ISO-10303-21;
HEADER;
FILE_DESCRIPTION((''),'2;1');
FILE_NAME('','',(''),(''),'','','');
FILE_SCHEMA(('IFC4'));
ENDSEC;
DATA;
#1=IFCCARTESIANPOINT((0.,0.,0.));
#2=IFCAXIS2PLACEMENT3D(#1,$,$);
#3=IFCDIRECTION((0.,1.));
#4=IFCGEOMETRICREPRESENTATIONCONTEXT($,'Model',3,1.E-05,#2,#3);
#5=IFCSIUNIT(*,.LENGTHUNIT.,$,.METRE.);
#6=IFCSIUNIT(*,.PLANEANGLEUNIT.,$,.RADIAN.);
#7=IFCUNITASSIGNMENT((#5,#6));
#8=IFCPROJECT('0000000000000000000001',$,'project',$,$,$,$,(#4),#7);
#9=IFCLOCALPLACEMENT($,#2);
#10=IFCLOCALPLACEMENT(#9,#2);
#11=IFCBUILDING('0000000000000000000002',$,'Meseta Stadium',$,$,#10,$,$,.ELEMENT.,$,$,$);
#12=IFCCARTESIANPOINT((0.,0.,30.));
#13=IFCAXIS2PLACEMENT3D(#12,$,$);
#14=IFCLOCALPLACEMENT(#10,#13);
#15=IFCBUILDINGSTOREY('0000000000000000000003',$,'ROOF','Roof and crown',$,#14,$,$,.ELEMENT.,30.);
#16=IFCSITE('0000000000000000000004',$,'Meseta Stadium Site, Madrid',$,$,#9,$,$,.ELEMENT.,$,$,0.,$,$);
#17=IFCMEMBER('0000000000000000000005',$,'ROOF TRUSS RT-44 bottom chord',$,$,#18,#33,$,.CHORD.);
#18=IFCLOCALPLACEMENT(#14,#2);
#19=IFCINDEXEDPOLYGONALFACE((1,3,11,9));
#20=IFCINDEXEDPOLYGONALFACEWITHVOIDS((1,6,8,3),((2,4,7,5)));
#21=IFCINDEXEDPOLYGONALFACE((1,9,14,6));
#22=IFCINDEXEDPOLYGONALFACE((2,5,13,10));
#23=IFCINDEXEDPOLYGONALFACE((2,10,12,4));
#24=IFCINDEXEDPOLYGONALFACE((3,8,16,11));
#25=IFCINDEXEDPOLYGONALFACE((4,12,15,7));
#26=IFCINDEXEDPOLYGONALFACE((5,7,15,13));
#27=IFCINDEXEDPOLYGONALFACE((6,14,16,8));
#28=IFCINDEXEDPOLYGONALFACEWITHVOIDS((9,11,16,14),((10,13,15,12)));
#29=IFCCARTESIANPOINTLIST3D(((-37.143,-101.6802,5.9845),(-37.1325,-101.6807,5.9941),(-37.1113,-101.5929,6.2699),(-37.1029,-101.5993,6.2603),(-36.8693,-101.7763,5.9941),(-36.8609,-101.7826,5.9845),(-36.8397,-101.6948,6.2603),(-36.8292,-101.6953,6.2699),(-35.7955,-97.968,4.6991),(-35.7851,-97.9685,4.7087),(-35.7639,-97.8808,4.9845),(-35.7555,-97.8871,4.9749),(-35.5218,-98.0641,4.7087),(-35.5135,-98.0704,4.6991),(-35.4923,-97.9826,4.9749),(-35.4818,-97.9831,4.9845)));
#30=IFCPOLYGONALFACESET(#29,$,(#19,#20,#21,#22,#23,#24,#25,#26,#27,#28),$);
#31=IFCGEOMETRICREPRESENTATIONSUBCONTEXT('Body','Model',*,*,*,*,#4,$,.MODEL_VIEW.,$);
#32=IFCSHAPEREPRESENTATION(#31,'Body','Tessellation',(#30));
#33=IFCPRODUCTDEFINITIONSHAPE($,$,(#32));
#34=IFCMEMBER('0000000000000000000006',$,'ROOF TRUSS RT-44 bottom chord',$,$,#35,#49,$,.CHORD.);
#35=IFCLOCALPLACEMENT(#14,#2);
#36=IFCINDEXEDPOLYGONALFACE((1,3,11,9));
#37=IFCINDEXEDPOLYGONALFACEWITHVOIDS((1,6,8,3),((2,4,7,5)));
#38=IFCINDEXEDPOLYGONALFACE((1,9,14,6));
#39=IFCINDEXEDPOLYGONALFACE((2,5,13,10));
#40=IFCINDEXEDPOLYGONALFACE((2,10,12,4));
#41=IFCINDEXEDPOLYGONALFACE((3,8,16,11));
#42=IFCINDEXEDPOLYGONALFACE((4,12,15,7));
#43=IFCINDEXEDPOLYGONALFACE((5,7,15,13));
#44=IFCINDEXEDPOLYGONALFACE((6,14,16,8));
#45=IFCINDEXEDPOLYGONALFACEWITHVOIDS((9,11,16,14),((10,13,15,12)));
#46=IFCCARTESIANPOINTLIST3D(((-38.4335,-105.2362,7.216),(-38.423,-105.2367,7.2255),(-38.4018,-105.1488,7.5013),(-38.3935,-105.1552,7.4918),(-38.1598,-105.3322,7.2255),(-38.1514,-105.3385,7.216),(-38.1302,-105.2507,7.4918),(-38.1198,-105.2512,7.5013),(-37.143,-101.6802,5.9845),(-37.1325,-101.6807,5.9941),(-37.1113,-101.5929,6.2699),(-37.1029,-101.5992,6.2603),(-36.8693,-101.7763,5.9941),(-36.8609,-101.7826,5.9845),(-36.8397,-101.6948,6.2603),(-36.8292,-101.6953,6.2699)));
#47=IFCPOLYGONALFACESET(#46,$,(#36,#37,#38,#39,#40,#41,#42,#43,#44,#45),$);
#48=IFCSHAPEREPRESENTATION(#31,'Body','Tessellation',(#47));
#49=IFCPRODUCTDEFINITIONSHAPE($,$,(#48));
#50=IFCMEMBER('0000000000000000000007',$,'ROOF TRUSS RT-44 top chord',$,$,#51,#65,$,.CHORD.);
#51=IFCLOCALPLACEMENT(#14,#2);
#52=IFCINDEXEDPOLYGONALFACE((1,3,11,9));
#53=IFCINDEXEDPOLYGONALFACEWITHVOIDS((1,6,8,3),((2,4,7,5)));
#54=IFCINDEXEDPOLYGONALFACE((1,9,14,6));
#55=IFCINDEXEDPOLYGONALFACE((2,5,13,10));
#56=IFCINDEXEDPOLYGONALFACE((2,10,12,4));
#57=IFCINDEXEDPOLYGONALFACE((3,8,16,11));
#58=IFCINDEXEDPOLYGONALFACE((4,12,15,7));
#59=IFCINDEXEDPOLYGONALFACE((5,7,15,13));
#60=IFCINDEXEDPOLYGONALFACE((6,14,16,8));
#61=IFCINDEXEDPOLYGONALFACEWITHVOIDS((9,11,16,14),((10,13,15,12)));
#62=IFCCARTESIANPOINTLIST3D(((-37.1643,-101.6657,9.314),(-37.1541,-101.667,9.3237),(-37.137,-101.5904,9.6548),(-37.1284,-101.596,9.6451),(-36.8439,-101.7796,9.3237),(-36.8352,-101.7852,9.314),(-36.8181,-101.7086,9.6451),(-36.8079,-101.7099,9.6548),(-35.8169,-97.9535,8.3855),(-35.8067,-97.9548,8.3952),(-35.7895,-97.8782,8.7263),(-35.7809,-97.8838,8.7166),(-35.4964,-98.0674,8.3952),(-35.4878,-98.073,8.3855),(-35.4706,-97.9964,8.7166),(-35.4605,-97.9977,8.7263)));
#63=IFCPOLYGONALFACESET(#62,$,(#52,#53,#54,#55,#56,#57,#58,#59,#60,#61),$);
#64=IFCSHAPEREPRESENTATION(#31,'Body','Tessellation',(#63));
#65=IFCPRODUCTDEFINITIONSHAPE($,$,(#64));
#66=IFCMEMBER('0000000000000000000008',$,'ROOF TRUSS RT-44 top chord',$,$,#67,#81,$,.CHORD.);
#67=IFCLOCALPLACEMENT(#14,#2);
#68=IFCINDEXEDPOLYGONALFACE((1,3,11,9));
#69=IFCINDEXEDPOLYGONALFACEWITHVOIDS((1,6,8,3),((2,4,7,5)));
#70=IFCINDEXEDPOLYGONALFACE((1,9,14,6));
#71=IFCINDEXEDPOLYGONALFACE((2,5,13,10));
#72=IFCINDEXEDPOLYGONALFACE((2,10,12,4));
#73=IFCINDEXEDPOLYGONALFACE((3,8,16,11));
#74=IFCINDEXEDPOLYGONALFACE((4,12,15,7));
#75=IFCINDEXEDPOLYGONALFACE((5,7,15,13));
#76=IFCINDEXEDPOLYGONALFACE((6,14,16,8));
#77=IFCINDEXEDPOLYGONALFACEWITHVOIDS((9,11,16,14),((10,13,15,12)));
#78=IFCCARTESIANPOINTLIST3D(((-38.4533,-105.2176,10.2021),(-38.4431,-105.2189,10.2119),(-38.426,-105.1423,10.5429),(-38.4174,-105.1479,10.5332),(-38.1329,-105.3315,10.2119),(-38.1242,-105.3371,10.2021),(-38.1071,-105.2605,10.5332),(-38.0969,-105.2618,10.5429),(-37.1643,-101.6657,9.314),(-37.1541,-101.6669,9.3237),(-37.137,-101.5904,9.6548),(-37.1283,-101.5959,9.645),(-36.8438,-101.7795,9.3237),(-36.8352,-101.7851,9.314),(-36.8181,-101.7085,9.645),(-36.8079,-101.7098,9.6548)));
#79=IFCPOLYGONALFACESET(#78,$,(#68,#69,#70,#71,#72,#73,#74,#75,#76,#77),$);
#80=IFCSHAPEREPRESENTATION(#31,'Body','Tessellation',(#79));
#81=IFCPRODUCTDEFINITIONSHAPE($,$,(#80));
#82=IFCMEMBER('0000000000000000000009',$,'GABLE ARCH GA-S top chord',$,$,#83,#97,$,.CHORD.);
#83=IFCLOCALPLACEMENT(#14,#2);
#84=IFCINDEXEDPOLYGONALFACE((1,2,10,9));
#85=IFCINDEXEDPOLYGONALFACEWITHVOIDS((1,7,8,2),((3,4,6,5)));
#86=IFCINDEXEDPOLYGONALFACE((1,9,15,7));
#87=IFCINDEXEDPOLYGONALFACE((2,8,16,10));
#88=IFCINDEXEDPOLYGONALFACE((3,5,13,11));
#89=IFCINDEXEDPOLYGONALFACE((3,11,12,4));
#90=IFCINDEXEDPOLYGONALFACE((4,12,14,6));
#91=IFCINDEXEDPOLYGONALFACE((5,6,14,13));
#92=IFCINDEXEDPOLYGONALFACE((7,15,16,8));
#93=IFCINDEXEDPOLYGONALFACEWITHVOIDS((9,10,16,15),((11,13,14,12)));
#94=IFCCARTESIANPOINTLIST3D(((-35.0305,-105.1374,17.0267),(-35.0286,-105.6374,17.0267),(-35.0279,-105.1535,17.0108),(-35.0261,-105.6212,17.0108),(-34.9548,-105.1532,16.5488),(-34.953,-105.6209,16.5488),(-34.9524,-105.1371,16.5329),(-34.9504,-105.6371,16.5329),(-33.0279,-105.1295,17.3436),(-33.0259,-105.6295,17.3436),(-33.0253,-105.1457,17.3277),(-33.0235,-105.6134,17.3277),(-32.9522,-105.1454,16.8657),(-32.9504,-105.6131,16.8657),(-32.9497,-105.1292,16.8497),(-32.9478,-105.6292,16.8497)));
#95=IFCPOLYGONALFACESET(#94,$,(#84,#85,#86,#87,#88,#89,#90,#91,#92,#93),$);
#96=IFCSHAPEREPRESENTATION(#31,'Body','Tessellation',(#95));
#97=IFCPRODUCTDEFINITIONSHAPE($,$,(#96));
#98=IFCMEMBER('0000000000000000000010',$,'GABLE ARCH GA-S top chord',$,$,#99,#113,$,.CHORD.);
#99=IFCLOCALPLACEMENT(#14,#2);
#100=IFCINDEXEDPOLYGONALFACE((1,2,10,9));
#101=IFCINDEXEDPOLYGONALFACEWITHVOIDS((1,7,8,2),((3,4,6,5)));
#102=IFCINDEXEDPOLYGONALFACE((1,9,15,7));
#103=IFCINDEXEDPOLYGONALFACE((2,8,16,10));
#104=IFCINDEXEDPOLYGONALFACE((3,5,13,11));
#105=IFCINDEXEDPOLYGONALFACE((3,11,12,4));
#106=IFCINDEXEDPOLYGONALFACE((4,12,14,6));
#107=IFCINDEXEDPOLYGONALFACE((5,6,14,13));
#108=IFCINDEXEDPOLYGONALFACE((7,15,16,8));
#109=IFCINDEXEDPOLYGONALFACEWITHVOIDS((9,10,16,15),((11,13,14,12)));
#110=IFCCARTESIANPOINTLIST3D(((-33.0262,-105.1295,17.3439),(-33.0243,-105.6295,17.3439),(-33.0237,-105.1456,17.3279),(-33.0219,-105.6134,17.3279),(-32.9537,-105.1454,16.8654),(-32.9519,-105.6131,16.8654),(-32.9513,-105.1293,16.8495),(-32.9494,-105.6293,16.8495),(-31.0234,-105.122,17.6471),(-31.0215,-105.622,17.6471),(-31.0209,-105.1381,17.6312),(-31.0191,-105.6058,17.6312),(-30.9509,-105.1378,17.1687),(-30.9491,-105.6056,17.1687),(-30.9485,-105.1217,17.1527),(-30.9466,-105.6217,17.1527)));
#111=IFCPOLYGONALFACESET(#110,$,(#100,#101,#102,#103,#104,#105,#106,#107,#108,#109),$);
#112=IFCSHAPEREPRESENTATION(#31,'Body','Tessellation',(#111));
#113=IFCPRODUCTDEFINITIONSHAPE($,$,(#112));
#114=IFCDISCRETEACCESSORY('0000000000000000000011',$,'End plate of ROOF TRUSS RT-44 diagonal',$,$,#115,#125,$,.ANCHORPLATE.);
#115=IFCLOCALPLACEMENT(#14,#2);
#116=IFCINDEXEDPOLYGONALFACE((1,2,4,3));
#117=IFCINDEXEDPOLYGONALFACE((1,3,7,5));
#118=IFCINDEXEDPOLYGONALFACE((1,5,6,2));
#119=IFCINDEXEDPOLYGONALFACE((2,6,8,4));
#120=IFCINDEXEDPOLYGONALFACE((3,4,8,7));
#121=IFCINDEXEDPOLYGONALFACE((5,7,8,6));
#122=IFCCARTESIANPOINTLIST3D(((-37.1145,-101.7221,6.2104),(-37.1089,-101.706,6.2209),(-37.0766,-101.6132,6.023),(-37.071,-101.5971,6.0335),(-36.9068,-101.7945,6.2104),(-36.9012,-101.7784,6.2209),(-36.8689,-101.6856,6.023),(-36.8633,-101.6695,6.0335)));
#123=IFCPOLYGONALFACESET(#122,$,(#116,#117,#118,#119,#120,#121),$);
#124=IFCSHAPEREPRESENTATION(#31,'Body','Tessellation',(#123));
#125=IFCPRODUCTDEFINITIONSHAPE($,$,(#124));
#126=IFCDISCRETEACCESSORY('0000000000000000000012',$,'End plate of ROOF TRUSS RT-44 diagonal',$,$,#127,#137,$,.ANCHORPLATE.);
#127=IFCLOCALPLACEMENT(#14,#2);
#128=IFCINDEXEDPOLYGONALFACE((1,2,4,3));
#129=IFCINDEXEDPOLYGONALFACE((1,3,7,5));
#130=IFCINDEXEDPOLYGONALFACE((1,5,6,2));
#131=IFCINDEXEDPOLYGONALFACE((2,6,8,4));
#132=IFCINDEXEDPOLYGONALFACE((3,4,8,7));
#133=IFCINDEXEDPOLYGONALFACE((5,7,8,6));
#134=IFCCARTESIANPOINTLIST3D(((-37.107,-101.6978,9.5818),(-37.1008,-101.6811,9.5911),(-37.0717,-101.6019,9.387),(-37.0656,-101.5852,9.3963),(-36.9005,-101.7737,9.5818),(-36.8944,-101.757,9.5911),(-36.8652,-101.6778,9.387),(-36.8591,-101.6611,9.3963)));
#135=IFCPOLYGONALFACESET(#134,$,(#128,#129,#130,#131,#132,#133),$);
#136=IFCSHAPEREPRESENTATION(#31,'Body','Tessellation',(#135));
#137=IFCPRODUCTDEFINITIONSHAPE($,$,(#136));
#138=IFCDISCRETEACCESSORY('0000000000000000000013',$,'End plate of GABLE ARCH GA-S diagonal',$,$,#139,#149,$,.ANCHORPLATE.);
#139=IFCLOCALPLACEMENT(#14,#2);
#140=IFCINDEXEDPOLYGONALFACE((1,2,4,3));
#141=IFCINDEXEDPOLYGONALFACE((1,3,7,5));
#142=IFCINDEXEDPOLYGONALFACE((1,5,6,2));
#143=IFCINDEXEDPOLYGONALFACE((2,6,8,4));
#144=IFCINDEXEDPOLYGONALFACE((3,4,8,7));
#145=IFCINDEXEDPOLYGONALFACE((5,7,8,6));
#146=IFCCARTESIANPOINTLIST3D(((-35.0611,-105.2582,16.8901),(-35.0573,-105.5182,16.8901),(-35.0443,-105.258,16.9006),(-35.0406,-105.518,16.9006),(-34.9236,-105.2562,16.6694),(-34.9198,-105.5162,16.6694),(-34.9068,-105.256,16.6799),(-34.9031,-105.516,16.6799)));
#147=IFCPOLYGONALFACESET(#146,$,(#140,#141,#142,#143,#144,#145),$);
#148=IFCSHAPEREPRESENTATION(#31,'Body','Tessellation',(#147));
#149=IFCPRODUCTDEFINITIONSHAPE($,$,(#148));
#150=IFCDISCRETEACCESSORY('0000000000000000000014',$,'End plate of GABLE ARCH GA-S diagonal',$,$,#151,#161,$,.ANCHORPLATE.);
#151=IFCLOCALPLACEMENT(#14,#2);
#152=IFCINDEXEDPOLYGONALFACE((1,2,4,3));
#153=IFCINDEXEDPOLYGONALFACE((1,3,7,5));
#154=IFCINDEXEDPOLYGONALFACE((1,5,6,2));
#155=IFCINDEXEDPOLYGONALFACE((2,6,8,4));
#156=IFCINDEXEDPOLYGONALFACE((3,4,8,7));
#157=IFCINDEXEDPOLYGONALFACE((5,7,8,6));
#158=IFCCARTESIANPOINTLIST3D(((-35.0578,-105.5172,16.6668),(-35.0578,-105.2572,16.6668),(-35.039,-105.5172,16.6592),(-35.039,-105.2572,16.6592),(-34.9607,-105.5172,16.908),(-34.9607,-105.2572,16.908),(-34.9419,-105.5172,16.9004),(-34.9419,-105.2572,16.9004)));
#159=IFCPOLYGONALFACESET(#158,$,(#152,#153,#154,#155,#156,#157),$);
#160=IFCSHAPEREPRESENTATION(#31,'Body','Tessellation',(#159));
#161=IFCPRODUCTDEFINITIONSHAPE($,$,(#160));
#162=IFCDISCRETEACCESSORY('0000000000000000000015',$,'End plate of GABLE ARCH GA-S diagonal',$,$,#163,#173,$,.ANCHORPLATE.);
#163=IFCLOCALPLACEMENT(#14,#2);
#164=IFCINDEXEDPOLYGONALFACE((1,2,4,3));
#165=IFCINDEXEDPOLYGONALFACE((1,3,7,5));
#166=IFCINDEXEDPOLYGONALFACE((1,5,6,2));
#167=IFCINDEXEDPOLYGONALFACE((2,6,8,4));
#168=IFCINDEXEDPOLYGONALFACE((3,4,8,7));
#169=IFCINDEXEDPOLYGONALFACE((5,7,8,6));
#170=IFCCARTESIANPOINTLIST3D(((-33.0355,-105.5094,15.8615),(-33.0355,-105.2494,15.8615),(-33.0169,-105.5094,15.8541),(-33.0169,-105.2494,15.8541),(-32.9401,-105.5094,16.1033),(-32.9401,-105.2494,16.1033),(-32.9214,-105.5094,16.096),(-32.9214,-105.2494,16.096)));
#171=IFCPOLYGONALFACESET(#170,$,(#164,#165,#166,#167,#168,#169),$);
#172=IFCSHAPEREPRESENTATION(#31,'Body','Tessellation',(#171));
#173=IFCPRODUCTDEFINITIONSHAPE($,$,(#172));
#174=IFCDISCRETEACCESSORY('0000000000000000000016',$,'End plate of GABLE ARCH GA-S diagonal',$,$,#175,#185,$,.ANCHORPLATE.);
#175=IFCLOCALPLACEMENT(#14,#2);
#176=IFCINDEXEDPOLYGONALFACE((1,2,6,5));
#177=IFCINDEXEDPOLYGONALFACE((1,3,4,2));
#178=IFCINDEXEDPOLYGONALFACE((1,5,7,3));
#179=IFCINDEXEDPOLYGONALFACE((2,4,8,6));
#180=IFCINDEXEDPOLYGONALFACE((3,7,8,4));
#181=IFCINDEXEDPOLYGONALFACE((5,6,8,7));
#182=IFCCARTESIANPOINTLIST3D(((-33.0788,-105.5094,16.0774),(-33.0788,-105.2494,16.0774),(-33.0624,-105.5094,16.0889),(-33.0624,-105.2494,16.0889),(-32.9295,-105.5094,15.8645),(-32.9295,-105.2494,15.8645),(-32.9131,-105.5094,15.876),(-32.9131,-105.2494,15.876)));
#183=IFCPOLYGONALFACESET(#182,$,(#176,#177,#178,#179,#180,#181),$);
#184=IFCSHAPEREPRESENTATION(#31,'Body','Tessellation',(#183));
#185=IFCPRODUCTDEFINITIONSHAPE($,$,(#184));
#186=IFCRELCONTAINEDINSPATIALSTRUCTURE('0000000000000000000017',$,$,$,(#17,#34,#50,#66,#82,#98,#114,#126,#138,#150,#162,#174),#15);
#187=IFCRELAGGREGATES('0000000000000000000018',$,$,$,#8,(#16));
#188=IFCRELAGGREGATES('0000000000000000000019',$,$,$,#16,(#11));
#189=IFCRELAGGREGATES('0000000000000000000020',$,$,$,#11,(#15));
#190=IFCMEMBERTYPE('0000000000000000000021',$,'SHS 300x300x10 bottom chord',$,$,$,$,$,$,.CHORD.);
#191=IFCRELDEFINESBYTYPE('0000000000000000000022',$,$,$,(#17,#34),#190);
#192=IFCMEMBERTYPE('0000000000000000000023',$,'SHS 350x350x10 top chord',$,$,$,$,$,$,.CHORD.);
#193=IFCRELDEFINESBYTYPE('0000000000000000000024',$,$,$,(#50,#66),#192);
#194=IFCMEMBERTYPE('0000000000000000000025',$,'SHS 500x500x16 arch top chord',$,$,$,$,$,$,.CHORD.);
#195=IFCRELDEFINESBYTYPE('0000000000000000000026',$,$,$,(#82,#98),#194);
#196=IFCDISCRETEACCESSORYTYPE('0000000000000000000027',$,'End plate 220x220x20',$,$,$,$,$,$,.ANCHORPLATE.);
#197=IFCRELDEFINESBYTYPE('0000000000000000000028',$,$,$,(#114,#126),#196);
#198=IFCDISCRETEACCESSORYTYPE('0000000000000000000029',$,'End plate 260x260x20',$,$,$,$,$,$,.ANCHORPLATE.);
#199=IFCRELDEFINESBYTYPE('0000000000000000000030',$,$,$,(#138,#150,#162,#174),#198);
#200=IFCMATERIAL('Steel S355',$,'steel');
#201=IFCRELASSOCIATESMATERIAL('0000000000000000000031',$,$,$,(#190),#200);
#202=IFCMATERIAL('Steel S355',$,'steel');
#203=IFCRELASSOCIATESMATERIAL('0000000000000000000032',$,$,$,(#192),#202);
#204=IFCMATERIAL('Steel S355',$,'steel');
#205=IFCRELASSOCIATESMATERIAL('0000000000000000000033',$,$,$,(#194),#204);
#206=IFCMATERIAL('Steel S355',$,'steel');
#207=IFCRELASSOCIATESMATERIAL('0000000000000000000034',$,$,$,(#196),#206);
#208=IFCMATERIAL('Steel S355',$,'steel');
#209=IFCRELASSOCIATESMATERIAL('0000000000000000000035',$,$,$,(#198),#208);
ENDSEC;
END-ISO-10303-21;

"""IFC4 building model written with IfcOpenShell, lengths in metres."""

from ifc_helpers import new_model, si_unit, direction, frame, origin, origin_2d, place, context, subcontext, project, spatial, rectangle, hollow_rectangle, extrude, material, material_profile, profile_set, type_object, element, save


model = new_model("IFC4")

# Units and contexts
model_context = context("Model", 3, precision=1e-05, world=origin(), true_north=direction((0.0, 1.0)))
body_context = subcontext(model_context, "Body", "Model", "MODEL_VIEW")
ifc_project = project(units=[si_unit("LENGTHUNIT", "METRE"), si_unit("PLANEANGLEUNIT", "RADIAN")], contexts=[model_context])

# Site, building, storey
site_placement = place(None, origin())
site = spatial("IfcSite", under=ifc_project, at=site_placement, Name="Meseta Stadium Site, Madrid", CompositionType="ELEMENT", RefElevation=0.0)
building_placement = place(site_placement, origin())
building = spatial("IfcBuilding", under=site, at=building_placement, Name="Meseta Stadium", CompositionType="ELEMENT")
storey_placement = place(building_placement, frame((0.0, 0.0, 30.0)))
storey = spatial("IfcBuildingStorey", under=building, at=storey_placement, Name="ROOF", Description="Roof and crown", CompositionType="ELEMENT", Elevation=30.0)

# Members
ifc_material_1 = material(Name="Steel S355", Category="steel")
ifc_material_profile_1 = material_profile(ifc_material_1, hollow_rectangle(XDim=0.3, YDim=0.3, WallThickness=0.01, at=origin_2d()), Name="SHS 300x300x10")
ifc_profile_set_1 = profile_set([ifc_material_profile_1], Name="Steel S355")
member_type_1 = type_object("IfcMemberType", Name="SHS 300x300x10 bottom chord", PredefinedType="CHORD", material=ifc_profile_set_1)
member_1_placement = place(storey_placement, frame((-35.6387, -97.9756, 4.8418), z_axis=(-0.324439, -0.893837, 0.309507), x_axis=(0.939994, -0.341192, 0.0)))
element("IfcMember", 1, at=member_1_placement, inside=storey, type_object=member_type_1, Name="ROOF TRUSS RT-44 bottom chord", PredefinedType="CHORD", context=body_context, shape_type="SweptSolid", body=[
    extrude(hollow_rectangle(XDim=0.3, YDim=0.3, WallThickness=0.01, at=origin_2d()), origin(), (0.0, 0.0, 1.0), 4.1531),
])
member_2_placement = place(storey_placement, frame((-36.9861, -101.6877, 6.1272), z_axis=(-0.324396, -0.893839, 0.309545), x_axis=(0.940008, -0.341152, 0.0)))
element("IfcMember", 2, at=member_2_placement, inside=storey, type_object=member_type_1, Name="ROOF TRUSS RT-44 bottom chord", PredefinedType="CHORD", context=body_context, shape_type="SweptSolid", body=[
    extrude(hollow_rectangle(XDim=0.3, YDim=0.3, WallThickness=0.01, at=origin_2d()), origin(), (0.0, 0.0, 1.0), 3.9783),
])
ifc_material_2 = material(Name="Steel S355", Category="steel")
ifc_material_profile_2 = material_profile(ifc_material_2, hollow_rectangle(XDim=0.3501, YDim=0.3501, WallThickness=0.01, at=origin_2d()), Name="SHS 350x350x10")
ifc_profile_set_2 = profile_set([ifc_material_profile_2], Name="Steel S355")
member_type_2 = type_object("IfcMemberType", Name="SHS 350x350x10 top chord", PredefinedType="CHORD", material=ifc_profile_set_2)
member_3_placement = place(storey_placement, frame((-35.6387, -97.9756, 8.5559), z_axis=(-0.332136, -0.915044, 0.228866), x_axis=(0.939994, -0.341192, 0.0)))
element("IfcMember", 3, at=member_3_placement, inside=storey, type_object=member_type_2, Name="ROOF TRUSS RT-44 top chord", PredefinedType="CHORD", context=body_context, shape_type="SweptSolid", body=[
    extrude(hollow_rectangle(XDim=0.3501, YDim=0.3501, WallThickness=0.01, at=origin_2d()), origin(), (0.0, 0.0, 1.0), 4.0569),
])
member_4_placement = place(storey_placement, frame((-36.9861, -101.6877, 9.4844), z_axis=(-0.332091, -0.915073, 0.228816), x_axis=(0.940012, -0.341141, 0.0)))
element("IfcMember", 4, at=member_4_placement, inside=storey, type_object=member_type_2, Name="ROOF TRUSS RT-44 top chord", PredefinedType="CHORD", context=body_context, shape_type="SweptSolid", body=[
    extrude(hollow_rectangle(XDim=0.3501, YDim=0.3501, WallThickness=0.01, at=origin_2d()), origin(), (0.0, 0.0, 1.0), 3.8816),
])
ifc_material_3 = material(Name="Steel S355", Category="steel")
ifc_material_profile_3 = material_profile(ifc_material_3, hollow_rectangle(XDim=0.5, YDim=0.5, WallThickness=0.0161, at=origin_2d()), Name="SHS 500x500x16")
ifc_profile_set_3 = profile_set([ifc_material_profile_3], Name="Steel S355")
member_type_3 = type_object("IfcMemberType", Name="SHS 500x500x16 arch top chord", PredefinedType="CHORD", material=ifc_profile_set_3)
member_5_placement = place(storey_placement, frame((-34.9905, -105.3872, 16.7798), z_axis=(0.987704, 0.003853, 0.156289), x_axis=(-0.003901, 0.999992, 0.0)))
element("IfcMember", 5, at=member_5_placement, inside=storey, type_object=member_type_3, Name="GABLE ARCH GA-S top chord", PredefinedType="CHORD", context=body_context, shape_type="SweptSolid", body=[
    extrude(hollow_rectangle(XDim=0.5, YDim=0.5, WallThickness=0.0161, at=origin_2d()), origin(), (0.0, 0.0, 1.0), 2.0276),
])
member_6_placement = place(storey_placement, frame((-32.9878, -105.3794, 17.0967), z_axis=(0.988724, 0.003736, 0.149701), x_axis=(-0.003779, 0.999993, 0.0)))
element("IfcMember", 6, at=member_6_placement, inside=storey, type_object=member_type_3, Name="GABLE ARCH GA-S top chord", PredefinedType="CHORD", context=body_context, shape_type="SweptSolid", body=[
    extrude(hollow_rectangle(XDim=0.5, YDim=0.5, WallThickness=0.0161, at=origin_2d()), origin(), (0.0, 0.0, 1.0), 2.0256),
])

# Discrete accessories
ifc_material_4 = material(Name="Steel S355", Category="steel")
ifc_material_profile_4 = material_profile(ifc_material_4, rectangle(XDim=0.22, YDim=0.22, at=origin_2d()), Name="PL 220x220")
ifc_profile_set_4 = profile_set([ifc_material_profile_4], Name="Steel S355")
discrete_accessory_type_1 = type_object("IfcDiscreteAccessoryType", Name="End plate 220x220x20", PredefinedType="ANCHORPLATE", material=ifc_profile_set_4)
for number, where, z_axis, x_axis, name in (
    (7, (-36.9861, -101.6877, 6.1272), (-0.280279, -0.80428, -0.524001), (0.944304, -0.329076, 0.0), "End plate of ROOF TRUSS RT-44 diagonal"),
    (8, (-36.98, -101.6711, 9.4937), (-0.305583, -0.831187, -0.464487), (0.938579, -0.345066, 0.0), "End plate of ROOF TRUSS RT-44 diagonal"),
):
    element("IfcDiscreteAccessory", number, at=place(storey_placement, frame(where, z_axis=z_axis, x_axis=x_axis)), inside=storey, type_object=discrete_accessory_type_1, Name=name, PredefinedType="ANCHORPLATE", context=body_context, shape_type="SweptSolid", body=[
        extrude(rectangle(XDim=0.22, YDim=0.22, at=origin_2d()), origin(), (0.0, 0.0, 1.0), 0.02),
    ])
ifc_material_5 = material(Name="Steel S355", Category="steel")
ifc_material_profile_5 = material_profile(ifc_material_5, rectangle(XDim=0.26, YDim=0.26, at=origin_2d()), Name="PL 260x260")
ifc_profile_set_5 = profile_set([ifc_material_profile_5], Name="Steel S355")
discrete_accessory_type_2 = type_object("IfcDiscreteAccessoryType", Name="End plate 260x260x20", PredefinedType="ANCHORPLATE", material=ifc_profile_set_5)
discrete_accessory_1_placement = place(storey_placement, frame((-34.9905, -105.3872, 16.7798), z_axis=(0.848624, 0.012299, 0.528853), x_axis=(-0.014491, 0.999895, 0.0)))
element("IfcDiscreteAccessory", 9, at=discrete_accessory_1_placement, inside=storey, type_object=discrete_accessory_type_2, Name="End plate of GABLE ARCH GA-S diagonal", PredefinedType="ANCHORPLATE", context=body_context, shape_type="SweptSolid", body=[
    extrude(rectangle(XDim=0.26, YDim=0.26, at=origin_2d()), origin(), (0.0, 0.0, 1.0), 0.0198),
])
discrete_accessory_2_placement = place(storey_placement, frame((-35.0093, -105.3872, 16.7874), z_axis=(0.927644, 0.0, -0.373467), x_axis=(0.0, 1.0, 0.0)))
element("IfcDiscreteAccessory", 10, at=discrete_accessory_2_placement, inside=storey, type_object=discrete_accessory_type_2, Name="End plate of GABLE ARCH GA-S diagonal", PredefinedType="ANCHORPLATE", context=body_context, shape_type="SweptSolid", body=[
    extrude(rectangle(XDim=0.26, YDim=0.26, at=origin_2d()), origin(), (0.0, 0.0, 1.0), 0.0203),
])
for number, where, z_axis, x_axis, name in (
    (11, (-32.9878, -105.3794, 15.9824), (0.930155, 0.0, -0.367167), (0.0, 1.0, 0.0), "End plate of GABLE ARCH GA-S diagonal"),
    (12, (-33.0042, -105.3794, 15.9709), (0.818657, 0.0, 0.574282), (0.0, 1.0, 0.0), "End plate of GABLE ARCH GA-S diagonal"),
):
    element("IfcDiscreteAccessory", number, at=place(storey_placement, frame(where, z_axis=z_axis, x_axis=x_axis)), inside=storey, type_object=discrete_accessory_type_2, Name=name, PredefinedType="ANCHORPLATE", context=body_context, shape_type="SweptSolid", body=[
        extrude(rectangle(XDim=0.26, YDim=0.26, at=origin_2d()), origin(), (0.0, 0.0, 1.0), 0.02),
    ])

save(model, "model.ifc")
